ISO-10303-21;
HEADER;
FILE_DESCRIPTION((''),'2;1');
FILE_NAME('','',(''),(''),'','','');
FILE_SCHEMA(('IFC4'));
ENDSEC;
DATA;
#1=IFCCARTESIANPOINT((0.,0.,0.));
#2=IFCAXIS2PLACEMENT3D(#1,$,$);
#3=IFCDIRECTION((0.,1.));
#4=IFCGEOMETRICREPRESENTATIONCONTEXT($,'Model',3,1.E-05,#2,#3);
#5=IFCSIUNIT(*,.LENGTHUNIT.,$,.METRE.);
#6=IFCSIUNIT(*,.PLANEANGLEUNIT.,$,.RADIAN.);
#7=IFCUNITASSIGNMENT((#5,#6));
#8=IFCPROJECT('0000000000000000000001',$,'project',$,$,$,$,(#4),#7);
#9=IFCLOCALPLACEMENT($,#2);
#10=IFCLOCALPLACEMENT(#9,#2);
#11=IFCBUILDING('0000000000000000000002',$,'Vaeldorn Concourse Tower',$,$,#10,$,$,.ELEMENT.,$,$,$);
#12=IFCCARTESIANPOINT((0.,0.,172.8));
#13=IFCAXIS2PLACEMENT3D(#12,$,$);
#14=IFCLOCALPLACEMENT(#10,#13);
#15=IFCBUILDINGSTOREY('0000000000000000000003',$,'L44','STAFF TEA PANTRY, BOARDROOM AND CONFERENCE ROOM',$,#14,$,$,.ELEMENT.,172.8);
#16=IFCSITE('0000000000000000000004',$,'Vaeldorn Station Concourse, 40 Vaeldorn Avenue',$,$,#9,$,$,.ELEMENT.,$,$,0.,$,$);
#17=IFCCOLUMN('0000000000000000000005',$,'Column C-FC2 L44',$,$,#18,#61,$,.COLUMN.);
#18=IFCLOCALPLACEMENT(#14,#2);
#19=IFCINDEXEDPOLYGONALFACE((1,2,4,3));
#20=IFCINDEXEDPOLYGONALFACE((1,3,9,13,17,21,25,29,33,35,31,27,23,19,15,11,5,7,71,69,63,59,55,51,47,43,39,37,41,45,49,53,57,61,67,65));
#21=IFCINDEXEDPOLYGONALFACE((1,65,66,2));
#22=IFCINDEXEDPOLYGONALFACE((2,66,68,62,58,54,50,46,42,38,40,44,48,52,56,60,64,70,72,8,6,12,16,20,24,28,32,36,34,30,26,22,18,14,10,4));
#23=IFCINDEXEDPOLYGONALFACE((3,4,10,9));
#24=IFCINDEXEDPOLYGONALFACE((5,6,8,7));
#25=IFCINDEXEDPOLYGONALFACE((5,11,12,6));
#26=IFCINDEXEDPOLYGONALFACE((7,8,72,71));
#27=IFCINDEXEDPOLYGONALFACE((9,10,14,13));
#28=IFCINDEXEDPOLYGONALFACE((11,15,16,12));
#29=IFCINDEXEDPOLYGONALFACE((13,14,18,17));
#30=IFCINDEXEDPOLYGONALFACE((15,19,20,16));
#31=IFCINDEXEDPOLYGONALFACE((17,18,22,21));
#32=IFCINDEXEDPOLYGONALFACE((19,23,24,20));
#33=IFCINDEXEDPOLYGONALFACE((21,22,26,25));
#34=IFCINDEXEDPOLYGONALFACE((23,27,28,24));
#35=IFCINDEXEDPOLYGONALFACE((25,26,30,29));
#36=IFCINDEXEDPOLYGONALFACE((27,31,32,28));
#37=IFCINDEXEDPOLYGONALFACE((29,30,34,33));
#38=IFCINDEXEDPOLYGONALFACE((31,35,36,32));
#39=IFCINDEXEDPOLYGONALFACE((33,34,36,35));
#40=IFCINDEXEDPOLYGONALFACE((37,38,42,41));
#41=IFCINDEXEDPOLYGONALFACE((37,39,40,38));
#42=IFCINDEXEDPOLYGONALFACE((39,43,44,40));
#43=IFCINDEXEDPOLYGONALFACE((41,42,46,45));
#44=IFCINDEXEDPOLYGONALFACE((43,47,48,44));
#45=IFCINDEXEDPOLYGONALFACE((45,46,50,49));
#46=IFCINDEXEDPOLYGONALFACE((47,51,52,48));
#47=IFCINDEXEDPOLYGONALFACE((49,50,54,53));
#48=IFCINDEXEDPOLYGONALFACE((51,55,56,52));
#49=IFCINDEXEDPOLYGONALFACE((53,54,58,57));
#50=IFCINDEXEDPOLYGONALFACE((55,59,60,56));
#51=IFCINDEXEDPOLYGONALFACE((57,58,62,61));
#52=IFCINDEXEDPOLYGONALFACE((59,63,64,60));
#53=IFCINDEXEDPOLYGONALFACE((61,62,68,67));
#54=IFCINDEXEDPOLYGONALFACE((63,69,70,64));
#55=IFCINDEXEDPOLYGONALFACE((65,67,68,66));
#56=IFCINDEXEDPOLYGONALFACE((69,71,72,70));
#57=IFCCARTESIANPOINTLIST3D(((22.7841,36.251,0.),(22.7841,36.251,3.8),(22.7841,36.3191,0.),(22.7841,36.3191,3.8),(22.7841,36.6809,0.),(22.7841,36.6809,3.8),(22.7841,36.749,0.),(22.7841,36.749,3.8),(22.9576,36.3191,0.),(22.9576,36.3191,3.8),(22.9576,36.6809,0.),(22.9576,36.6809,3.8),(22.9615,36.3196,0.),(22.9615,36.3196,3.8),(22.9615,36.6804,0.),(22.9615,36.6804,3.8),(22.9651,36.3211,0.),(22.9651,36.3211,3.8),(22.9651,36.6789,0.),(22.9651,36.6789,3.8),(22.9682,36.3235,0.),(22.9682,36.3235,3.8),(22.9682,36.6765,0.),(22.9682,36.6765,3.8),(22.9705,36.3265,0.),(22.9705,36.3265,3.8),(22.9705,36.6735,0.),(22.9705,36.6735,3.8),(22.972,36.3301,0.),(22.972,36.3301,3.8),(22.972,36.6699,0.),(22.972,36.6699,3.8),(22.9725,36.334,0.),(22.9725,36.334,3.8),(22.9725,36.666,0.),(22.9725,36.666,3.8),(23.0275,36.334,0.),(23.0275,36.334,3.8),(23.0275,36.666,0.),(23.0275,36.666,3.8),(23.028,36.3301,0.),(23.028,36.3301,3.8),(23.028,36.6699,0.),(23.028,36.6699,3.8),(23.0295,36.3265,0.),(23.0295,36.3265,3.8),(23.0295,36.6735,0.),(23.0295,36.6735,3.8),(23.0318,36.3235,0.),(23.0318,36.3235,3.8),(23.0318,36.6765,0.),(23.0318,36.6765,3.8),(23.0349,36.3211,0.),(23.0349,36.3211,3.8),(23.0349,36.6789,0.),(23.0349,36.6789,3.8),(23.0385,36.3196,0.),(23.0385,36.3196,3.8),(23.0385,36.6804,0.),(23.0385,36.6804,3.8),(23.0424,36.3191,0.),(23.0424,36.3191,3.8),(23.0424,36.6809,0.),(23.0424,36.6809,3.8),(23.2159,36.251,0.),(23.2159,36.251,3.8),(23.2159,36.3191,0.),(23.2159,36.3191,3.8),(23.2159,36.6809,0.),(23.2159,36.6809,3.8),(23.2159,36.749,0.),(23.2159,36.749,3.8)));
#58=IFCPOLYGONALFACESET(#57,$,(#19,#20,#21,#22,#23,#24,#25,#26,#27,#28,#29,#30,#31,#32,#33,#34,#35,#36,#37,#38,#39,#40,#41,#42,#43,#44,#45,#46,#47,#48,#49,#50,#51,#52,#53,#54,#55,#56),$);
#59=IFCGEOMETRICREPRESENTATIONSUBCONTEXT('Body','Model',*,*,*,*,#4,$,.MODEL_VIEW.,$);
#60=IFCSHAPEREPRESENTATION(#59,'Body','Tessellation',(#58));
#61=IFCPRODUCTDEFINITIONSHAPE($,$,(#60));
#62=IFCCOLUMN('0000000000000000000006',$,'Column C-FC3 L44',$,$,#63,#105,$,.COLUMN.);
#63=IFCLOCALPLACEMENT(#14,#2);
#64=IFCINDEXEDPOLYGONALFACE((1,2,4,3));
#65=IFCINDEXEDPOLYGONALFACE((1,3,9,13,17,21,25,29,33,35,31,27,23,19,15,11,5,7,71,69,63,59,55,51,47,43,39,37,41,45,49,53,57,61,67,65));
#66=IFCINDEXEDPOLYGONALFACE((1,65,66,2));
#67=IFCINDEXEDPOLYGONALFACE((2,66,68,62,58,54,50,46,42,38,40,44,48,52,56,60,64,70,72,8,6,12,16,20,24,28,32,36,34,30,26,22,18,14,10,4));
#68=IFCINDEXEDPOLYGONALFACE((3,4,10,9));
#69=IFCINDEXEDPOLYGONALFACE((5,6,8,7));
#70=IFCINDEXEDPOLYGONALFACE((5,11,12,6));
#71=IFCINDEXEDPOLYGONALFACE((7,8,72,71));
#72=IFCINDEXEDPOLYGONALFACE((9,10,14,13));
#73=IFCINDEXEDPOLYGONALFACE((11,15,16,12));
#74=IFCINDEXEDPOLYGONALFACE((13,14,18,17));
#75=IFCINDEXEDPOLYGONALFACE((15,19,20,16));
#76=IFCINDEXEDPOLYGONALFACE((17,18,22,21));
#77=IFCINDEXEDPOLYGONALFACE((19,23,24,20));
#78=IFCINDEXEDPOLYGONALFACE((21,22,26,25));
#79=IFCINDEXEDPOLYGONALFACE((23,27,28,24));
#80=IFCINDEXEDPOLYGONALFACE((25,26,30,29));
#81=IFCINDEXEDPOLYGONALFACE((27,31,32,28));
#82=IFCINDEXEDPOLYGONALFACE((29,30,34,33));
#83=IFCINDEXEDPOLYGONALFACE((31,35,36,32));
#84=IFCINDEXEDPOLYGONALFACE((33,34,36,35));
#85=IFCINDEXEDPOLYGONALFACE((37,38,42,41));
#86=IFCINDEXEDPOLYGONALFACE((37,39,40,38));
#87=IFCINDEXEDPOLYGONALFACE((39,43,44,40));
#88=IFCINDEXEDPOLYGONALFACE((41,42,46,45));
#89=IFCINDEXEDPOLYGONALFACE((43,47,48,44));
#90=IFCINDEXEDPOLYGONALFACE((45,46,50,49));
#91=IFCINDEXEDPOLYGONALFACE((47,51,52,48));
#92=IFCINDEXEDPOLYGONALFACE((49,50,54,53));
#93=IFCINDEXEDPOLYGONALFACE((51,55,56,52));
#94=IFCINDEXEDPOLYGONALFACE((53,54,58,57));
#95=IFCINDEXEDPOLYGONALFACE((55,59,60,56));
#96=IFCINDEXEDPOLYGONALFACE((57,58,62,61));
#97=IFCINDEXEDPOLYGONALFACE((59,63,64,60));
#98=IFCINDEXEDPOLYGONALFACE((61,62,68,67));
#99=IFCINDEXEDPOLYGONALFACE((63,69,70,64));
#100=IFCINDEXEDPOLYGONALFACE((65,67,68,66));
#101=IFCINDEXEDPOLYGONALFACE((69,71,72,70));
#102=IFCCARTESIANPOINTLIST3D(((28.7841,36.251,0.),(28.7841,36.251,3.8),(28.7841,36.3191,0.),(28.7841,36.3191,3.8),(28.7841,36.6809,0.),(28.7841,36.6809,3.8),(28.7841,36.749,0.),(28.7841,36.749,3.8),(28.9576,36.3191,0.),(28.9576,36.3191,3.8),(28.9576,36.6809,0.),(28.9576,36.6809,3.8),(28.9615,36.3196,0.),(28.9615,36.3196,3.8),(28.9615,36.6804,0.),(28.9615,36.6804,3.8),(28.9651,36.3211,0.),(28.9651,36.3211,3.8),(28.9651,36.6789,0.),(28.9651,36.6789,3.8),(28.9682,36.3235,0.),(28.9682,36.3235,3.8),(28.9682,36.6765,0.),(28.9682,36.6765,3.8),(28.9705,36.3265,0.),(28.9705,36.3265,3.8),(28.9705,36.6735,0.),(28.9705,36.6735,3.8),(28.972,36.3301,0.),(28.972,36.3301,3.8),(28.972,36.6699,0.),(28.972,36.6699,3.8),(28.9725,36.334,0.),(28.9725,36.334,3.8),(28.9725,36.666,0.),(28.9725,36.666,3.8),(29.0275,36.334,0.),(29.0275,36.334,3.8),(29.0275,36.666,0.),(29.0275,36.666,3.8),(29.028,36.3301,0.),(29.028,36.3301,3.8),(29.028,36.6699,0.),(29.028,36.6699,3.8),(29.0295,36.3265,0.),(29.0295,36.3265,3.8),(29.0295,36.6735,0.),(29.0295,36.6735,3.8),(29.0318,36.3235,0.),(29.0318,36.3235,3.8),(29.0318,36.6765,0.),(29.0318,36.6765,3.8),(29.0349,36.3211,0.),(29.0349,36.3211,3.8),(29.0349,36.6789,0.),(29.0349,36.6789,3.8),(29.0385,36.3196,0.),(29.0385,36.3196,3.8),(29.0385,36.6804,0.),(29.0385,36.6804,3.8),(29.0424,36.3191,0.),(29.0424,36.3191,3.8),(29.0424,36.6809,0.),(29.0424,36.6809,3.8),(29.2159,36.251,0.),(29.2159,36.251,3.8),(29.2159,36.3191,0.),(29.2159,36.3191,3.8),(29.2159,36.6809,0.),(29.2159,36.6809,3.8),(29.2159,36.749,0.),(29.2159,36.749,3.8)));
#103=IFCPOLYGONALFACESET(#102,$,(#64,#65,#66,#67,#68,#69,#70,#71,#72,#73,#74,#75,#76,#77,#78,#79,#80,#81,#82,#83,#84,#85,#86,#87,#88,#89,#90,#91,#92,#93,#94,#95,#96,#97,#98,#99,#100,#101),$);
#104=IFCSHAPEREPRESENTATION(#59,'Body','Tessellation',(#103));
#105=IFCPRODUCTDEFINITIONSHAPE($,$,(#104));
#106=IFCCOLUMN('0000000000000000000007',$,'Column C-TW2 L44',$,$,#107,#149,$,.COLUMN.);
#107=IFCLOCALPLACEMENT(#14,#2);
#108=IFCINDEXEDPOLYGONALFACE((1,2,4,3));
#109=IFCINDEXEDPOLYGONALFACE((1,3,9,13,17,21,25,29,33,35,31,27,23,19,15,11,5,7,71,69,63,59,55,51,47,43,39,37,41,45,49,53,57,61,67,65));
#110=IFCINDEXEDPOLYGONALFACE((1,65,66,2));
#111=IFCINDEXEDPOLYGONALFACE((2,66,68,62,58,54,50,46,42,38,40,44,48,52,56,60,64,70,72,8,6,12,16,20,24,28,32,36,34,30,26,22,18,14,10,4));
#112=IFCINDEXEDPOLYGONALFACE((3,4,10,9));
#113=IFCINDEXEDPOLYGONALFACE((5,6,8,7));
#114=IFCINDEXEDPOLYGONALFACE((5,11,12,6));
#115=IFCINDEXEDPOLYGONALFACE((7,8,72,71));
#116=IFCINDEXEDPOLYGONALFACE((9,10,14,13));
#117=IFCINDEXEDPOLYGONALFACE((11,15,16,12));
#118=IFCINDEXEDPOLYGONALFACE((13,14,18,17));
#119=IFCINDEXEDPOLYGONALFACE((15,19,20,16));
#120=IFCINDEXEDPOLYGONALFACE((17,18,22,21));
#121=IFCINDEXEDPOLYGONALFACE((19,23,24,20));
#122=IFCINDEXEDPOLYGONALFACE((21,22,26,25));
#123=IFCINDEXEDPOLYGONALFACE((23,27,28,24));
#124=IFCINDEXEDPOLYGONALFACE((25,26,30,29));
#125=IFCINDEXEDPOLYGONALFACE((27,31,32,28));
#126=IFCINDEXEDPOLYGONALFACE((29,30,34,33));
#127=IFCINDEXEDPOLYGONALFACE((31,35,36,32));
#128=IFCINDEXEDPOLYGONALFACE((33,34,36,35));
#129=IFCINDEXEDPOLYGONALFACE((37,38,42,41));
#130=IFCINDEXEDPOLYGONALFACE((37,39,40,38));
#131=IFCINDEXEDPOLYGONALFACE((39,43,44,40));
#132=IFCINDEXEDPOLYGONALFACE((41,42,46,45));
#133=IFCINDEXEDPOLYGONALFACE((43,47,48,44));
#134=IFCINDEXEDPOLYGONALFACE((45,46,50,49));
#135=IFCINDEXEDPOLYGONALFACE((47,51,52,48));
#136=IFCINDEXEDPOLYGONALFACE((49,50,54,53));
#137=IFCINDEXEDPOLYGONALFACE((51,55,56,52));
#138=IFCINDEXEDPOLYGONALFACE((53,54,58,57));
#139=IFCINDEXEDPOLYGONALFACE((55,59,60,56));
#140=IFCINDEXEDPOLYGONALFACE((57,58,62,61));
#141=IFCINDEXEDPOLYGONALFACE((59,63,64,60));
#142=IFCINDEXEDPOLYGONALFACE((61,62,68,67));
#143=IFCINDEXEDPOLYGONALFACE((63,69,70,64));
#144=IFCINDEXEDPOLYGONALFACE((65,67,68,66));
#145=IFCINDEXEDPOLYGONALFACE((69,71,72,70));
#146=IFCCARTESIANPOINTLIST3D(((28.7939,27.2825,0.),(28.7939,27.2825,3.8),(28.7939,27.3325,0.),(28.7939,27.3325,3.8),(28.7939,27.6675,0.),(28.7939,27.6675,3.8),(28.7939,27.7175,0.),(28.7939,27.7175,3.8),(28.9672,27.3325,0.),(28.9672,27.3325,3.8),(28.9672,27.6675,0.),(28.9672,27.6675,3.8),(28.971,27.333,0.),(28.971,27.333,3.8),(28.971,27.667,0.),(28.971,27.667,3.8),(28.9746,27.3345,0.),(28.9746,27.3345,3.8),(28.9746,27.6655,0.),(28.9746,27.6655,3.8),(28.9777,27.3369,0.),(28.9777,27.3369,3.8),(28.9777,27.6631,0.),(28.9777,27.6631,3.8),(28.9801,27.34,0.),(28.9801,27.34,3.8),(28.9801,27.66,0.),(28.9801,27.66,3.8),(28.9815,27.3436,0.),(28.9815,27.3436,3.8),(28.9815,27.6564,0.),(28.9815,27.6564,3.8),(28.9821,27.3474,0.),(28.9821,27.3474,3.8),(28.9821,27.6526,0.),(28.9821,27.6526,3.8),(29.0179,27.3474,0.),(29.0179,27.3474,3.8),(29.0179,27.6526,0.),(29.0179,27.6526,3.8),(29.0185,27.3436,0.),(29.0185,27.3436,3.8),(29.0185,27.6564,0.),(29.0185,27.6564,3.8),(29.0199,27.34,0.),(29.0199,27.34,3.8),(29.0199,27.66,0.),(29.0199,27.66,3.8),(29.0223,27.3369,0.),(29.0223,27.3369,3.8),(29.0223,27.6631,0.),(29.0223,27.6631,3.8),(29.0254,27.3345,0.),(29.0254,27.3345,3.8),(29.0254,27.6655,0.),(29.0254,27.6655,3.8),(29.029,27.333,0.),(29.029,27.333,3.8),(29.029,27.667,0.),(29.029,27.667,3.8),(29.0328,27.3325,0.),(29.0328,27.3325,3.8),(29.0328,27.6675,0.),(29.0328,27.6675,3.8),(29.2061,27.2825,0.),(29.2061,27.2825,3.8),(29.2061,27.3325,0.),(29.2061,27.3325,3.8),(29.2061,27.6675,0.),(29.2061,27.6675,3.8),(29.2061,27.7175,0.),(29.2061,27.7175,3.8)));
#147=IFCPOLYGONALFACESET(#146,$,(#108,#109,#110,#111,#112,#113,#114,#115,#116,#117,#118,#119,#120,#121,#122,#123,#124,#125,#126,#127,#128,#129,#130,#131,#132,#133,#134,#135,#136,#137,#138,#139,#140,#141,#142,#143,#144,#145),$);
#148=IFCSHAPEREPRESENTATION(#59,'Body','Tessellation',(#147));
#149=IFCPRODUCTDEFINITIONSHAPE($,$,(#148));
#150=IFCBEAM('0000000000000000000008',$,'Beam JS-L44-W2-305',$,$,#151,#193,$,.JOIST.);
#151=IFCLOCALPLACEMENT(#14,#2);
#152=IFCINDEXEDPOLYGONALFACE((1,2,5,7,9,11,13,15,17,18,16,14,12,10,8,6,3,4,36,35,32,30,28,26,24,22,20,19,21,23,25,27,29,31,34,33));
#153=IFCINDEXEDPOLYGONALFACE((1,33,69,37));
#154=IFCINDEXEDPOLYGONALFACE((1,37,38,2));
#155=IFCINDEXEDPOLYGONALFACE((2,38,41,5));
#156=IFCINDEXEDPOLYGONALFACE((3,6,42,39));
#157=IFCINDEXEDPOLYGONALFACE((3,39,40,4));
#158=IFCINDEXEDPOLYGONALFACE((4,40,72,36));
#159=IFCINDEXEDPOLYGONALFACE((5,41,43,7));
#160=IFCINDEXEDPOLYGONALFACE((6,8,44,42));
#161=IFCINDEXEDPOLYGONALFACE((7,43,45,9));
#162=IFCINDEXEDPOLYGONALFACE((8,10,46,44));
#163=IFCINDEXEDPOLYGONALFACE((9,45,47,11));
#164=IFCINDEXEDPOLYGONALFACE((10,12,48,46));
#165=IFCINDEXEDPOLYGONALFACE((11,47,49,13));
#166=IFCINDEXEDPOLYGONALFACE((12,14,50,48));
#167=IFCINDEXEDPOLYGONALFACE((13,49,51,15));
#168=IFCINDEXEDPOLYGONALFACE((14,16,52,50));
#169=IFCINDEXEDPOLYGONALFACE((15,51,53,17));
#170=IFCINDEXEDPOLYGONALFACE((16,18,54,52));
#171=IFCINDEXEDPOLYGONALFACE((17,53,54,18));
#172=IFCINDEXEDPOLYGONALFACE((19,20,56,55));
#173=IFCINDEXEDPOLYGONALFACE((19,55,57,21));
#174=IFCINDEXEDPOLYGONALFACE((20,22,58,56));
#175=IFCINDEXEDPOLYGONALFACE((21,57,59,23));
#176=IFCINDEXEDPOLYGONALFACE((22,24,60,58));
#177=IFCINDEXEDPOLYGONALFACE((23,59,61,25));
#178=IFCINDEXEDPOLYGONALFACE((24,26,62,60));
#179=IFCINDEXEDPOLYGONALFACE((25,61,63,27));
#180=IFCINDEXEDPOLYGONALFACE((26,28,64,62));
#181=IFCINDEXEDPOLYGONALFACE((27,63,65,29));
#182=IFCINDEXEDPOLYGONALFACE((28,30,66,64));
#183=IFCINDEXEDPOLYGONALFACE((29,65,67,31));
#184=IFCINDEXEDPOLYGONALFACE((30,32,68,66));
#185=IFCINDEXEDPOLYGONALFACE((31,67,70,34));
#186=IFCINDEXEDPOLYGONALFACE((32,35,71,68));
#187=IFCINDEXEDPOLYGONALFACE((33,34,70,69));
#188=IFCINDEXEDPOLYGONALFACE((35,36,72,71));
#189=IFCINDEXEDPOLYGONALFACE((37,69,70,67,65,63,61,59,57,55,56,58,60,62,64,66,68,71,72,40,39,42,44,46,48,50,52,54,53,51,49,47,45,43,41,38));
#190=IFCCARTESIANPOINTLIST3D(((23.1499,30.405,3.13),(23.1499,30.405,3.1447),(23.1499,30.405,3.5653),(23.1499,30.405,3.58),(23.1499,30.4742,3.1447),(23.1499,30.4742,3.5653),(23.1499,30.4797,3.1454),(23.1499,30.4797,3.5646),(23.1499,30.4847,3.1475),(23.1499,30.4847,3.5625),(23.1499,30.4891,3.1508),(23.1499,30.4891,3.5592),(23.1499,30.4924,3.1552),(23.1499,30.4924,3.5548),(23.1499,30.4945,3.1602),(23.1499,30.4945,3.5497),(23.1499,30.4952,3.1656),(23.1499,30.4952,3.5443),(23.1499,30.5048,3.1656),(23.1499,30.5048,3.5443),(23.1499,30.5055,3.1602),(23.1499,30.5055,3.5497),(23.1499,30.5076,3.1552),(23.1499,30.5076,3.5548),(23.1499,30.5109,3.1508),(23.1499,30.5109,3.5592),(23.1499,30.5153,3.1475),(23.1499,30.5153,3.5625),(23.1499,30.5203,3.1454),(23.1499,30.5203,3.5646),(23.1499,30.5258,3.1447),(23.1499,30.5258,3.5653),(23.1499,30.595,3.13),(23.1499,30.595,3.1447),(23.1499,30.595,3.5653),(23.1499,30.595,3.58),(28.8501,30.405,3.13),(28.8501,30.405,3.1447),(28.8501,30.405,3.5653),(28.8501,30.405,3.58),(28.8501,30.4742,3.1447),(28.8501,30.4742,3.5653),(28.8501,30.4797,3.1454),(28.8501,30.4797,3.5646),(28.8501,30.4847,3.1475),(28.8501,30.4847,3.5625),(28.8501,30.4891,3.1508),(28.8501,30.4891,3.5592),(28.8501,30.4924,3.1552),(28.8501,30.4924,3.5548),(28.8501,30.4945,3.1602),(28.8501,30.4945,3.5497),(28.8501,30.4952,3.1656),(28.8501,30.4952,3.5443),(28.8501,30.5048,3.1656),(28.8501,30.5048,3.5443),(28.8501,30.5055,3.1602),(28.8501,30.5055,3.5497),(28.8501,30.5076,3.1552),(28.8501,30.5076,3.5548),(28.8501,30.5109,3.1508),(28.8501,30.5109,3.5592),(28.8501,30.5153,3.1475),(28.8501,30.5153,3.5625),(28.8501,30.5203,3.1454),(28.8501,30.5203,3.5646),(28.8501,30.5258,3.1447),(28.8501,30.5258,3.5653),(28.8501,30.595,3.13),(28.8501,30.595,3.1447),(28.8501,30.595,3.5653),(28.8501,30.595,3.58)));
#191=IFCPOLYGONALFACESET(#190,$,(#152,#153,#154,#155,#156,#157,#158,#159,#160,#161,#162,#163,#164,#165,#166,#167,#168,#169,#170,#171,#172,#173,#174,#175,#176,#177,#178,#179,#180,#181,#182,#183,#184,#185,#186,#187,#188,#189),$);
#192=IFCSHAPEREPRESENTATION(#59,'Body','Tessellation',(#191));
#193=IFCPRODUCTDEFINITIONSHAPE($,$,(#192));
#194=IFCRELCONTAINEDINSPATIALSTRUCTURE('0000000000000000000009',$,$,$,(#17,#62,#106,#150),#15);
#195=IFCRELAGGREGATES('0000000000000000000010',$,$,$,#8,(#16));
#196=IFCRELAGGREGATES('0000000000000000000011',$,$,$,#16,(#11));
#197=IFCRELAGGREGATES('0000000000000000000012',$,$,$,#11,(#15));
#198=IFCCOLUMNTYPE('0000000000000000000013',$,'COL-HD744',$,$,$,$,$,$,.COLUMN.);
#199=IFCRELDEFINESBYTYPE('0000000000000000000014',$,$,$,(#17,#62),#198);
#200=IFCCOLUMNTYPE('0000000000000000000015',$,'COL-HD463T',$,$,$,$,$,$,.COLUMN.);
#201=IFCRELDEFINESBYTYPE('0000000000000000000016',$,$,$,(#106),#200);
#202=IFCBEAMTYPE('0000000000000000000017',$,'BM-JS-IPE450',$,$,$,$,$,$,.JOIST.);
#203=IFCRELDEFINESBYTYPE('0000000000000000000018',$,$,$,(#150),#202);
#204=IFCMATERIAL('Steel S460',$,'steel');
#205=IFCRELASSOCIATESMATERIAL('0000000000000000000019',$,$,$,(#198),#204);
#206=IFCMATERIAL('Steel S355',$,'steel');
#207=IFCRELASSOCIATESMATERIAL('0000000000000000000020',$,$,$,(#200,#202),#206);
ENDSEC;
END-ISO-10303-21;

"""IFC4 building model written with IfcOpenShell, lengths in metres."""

from ifc_helpers import new_model, si_unit, direction, frame, origin, origin_2d, place, context, subcontext, project, spatial, i_section, extrude, source, transform, mapped, material, material_profile, profile_set, type_object, element, save


model = new_model("IFC4")

# Units and contexts
model_context = context("Model", 3, precision=1e-05, world=origin(), true_north=direction((0.0, 1.0)))
body_context = subcontext(model_context, "Body", "Model", "MODEL_VIEW")
ifc_project = project(units=[si_unit("LENGTHUNIT", "METRE"), si_unit("PLANEANGLEUNIT", "RADIAN")], contexts=[model_context])

# Site, building, storey
site_placement = place(None, origin())
site = spatial("IfcSite", under=ifc_project, at=site_placement, Name="Vaeldorn Station Concourse, 40 Vaeldorn Avenue", CompositionType="ELEMENT", RefElevation=0.0)
building_placement = place(site_placement, origin())
building = spatial("IfcBuilding", under=site, at=building_placement, Name="Vaeldorn Concourse Tower", CompositionType="ELEMENT")
storey_placement = place(building_placement, frame((0.0, 0.0, 172.8)))
storey = spatial("IfcBuildingStorey", under=building, at=storey_placement, Name="L44", Description="STAFF TEA PANTRY, BOARDROOM AND CONFERENCE ROOM", CompositionType="ELEMENT", Elevation=172.8)

# Columns
ifc_material_1 = material(Name="Steel S460", Category="steel")
ifc_material_profile_1 = material_profile(ifc_material_1, i_section(OverallWidth=0.4319, OverallDepth=0.498, WebThickness=0.0549, FlangeThickness=0.0681, FilletRadius=0.0149, at=origin_2d()), Name="HD 400x744")
ifc_profile_set_1 = profile_set([ifc_material_profile_1], Name="Steel S460")
column_type_1 = type_object("IfcColumnType", Name="COL-HD744", PredefinedType="COLUMN", material=ifc_profile_set_1)
shared_shape_1 = source(origin(), body_context, "Body", "SweptSolid", [
    extrude(i_section(OverallWidth=0.4319, OverallDepth=0.498, WebThickness=0.0549, FlangeThickness=0.0681, FilletRadius=0.0149, at=origin_2d()), origin(), (0.0, 0.0, 1.0), 3.8),
])
for number, where, z_axis, x_axis, name in (
    (1, (23.0, 36.5, 0.0), (0.0, 0.0, 1.0), (1.0, 0.0, 0.0), "Column C-FC2 L44"),
    (2, (29.0, 36.5, 0.0), (0.0, 0.0, 1.0), (1.0, 0.0, 0.0), "Column C-FC3 L44"),
):
    element("IfcColumn", number, at=place(storey_placement, frame(where, z_axis=z_axis, x_axis=x_axis)), inside=storey, type_object=column_type_1, Name=name, PredefinedType="COLUMN", context=body_context, shape_type="MappedRepresentation", body=[
        mapped(shared_shape_1, transform((0.0, 0.0, 0.0), scale=1.0)),
    ])
ifc_material_2 = material(Name="Steel S355", Category="steel")
ifc_material_profile_2 = material_profile(ifc_material_2, i_section(OverallWidth=0.4121, OverallDepth=0.4351, WebThickness=0.0359, FlangeThickness=0.05, FilletRadius=0.0149, at=origin_2d()), Name="HD 400x463")
ifc_profile_set_2 = profile_set([ifc_material_profile_2], Name="Steel S355")
column_type_2 = type_object("IfcColumnType", Name="COL-HD463T", PredefinedType="COLUMN", material=ifc_profile_set_2)
shared_shape_2 = source(origin(), body_context, "Body", "SweptSolid", [
    extrude(i_section(OverallWidth=0.4121, OverallDepth=0.4351, WebThickness=0.0359, FlangeThickness=0.05, FilletRadius=0.0149, at=origin_2d()), origin(), (0.0, 0.0, 1.0), 3.8),
])
column_placement = place(storey_placement, frame((29.0, 27.5, 0.0), z_axis=(0.0, 0.0, 1.0), x_axis=(1.0, 0.0, 0.0)))
element("IfcColumn", 3, at=column_placement, inside=storey, type_object=column_type_2, Name="Column C-TW2 L44", PredefinedType="COLUMN", context=body_context, shape_type="MappedRepresentation", body=[
    mapped(shared_shape_2, transform((0.0, 0.0, 0.0), scale=1.0)),
])

# Beam
ifc_material_profile_3 = material_profile(ifc_material_2, i_section(OverallWidth=0.1899, OverallDepth=0.45, WebThickness=0.0095, FlangeThickness=0.0146, FilletRadius=0.021, at=origin_2d()), Name="IPE 450")
ifc_profile_set_3 = profile_set([ifc_material_profile_3], Name="Steel S355")
beam_type_1 = type_object("IfcBeamType", Name="BM-JS-IPE450", PredefinedType="JOIST", material=ifc_profile_set_3)
shared_shape_3 = source(origin(), body_context, "Body", "SweptSolid", [
    extrude(i_section(OverallWidth=0.1899, OverallDepth=0.45, WebThickness=0.0095, FlangeThickness=0.0146, FilletRadius=0.021, at=origin_2d()), origin(), (0.0, 0.0, 1.0), 5.7002),
])
for number, where, z_axis, x_axis, name in (
    (4, (23.1499, 30.5, 3.355), (1.0, 0.0, 0.0), (0.0, 1.0, 0.0), "Beam JS-L44-W2-305"),
):
    element("IfcBeam", number, at=place(storey_placement, frame(where, z_axis=z_axis, x_axis=x_axis)), inside=storey, type_object=beam_type_1, Name=name, PredefinedType="JOIST", context=body_context, shape_type="MappedRepresentation", body=[
        mapped(shared_shape_3, transform((0.0, 0.0, 0.0), scale=1.0)),
    ])

save(model, "model.ifc")
